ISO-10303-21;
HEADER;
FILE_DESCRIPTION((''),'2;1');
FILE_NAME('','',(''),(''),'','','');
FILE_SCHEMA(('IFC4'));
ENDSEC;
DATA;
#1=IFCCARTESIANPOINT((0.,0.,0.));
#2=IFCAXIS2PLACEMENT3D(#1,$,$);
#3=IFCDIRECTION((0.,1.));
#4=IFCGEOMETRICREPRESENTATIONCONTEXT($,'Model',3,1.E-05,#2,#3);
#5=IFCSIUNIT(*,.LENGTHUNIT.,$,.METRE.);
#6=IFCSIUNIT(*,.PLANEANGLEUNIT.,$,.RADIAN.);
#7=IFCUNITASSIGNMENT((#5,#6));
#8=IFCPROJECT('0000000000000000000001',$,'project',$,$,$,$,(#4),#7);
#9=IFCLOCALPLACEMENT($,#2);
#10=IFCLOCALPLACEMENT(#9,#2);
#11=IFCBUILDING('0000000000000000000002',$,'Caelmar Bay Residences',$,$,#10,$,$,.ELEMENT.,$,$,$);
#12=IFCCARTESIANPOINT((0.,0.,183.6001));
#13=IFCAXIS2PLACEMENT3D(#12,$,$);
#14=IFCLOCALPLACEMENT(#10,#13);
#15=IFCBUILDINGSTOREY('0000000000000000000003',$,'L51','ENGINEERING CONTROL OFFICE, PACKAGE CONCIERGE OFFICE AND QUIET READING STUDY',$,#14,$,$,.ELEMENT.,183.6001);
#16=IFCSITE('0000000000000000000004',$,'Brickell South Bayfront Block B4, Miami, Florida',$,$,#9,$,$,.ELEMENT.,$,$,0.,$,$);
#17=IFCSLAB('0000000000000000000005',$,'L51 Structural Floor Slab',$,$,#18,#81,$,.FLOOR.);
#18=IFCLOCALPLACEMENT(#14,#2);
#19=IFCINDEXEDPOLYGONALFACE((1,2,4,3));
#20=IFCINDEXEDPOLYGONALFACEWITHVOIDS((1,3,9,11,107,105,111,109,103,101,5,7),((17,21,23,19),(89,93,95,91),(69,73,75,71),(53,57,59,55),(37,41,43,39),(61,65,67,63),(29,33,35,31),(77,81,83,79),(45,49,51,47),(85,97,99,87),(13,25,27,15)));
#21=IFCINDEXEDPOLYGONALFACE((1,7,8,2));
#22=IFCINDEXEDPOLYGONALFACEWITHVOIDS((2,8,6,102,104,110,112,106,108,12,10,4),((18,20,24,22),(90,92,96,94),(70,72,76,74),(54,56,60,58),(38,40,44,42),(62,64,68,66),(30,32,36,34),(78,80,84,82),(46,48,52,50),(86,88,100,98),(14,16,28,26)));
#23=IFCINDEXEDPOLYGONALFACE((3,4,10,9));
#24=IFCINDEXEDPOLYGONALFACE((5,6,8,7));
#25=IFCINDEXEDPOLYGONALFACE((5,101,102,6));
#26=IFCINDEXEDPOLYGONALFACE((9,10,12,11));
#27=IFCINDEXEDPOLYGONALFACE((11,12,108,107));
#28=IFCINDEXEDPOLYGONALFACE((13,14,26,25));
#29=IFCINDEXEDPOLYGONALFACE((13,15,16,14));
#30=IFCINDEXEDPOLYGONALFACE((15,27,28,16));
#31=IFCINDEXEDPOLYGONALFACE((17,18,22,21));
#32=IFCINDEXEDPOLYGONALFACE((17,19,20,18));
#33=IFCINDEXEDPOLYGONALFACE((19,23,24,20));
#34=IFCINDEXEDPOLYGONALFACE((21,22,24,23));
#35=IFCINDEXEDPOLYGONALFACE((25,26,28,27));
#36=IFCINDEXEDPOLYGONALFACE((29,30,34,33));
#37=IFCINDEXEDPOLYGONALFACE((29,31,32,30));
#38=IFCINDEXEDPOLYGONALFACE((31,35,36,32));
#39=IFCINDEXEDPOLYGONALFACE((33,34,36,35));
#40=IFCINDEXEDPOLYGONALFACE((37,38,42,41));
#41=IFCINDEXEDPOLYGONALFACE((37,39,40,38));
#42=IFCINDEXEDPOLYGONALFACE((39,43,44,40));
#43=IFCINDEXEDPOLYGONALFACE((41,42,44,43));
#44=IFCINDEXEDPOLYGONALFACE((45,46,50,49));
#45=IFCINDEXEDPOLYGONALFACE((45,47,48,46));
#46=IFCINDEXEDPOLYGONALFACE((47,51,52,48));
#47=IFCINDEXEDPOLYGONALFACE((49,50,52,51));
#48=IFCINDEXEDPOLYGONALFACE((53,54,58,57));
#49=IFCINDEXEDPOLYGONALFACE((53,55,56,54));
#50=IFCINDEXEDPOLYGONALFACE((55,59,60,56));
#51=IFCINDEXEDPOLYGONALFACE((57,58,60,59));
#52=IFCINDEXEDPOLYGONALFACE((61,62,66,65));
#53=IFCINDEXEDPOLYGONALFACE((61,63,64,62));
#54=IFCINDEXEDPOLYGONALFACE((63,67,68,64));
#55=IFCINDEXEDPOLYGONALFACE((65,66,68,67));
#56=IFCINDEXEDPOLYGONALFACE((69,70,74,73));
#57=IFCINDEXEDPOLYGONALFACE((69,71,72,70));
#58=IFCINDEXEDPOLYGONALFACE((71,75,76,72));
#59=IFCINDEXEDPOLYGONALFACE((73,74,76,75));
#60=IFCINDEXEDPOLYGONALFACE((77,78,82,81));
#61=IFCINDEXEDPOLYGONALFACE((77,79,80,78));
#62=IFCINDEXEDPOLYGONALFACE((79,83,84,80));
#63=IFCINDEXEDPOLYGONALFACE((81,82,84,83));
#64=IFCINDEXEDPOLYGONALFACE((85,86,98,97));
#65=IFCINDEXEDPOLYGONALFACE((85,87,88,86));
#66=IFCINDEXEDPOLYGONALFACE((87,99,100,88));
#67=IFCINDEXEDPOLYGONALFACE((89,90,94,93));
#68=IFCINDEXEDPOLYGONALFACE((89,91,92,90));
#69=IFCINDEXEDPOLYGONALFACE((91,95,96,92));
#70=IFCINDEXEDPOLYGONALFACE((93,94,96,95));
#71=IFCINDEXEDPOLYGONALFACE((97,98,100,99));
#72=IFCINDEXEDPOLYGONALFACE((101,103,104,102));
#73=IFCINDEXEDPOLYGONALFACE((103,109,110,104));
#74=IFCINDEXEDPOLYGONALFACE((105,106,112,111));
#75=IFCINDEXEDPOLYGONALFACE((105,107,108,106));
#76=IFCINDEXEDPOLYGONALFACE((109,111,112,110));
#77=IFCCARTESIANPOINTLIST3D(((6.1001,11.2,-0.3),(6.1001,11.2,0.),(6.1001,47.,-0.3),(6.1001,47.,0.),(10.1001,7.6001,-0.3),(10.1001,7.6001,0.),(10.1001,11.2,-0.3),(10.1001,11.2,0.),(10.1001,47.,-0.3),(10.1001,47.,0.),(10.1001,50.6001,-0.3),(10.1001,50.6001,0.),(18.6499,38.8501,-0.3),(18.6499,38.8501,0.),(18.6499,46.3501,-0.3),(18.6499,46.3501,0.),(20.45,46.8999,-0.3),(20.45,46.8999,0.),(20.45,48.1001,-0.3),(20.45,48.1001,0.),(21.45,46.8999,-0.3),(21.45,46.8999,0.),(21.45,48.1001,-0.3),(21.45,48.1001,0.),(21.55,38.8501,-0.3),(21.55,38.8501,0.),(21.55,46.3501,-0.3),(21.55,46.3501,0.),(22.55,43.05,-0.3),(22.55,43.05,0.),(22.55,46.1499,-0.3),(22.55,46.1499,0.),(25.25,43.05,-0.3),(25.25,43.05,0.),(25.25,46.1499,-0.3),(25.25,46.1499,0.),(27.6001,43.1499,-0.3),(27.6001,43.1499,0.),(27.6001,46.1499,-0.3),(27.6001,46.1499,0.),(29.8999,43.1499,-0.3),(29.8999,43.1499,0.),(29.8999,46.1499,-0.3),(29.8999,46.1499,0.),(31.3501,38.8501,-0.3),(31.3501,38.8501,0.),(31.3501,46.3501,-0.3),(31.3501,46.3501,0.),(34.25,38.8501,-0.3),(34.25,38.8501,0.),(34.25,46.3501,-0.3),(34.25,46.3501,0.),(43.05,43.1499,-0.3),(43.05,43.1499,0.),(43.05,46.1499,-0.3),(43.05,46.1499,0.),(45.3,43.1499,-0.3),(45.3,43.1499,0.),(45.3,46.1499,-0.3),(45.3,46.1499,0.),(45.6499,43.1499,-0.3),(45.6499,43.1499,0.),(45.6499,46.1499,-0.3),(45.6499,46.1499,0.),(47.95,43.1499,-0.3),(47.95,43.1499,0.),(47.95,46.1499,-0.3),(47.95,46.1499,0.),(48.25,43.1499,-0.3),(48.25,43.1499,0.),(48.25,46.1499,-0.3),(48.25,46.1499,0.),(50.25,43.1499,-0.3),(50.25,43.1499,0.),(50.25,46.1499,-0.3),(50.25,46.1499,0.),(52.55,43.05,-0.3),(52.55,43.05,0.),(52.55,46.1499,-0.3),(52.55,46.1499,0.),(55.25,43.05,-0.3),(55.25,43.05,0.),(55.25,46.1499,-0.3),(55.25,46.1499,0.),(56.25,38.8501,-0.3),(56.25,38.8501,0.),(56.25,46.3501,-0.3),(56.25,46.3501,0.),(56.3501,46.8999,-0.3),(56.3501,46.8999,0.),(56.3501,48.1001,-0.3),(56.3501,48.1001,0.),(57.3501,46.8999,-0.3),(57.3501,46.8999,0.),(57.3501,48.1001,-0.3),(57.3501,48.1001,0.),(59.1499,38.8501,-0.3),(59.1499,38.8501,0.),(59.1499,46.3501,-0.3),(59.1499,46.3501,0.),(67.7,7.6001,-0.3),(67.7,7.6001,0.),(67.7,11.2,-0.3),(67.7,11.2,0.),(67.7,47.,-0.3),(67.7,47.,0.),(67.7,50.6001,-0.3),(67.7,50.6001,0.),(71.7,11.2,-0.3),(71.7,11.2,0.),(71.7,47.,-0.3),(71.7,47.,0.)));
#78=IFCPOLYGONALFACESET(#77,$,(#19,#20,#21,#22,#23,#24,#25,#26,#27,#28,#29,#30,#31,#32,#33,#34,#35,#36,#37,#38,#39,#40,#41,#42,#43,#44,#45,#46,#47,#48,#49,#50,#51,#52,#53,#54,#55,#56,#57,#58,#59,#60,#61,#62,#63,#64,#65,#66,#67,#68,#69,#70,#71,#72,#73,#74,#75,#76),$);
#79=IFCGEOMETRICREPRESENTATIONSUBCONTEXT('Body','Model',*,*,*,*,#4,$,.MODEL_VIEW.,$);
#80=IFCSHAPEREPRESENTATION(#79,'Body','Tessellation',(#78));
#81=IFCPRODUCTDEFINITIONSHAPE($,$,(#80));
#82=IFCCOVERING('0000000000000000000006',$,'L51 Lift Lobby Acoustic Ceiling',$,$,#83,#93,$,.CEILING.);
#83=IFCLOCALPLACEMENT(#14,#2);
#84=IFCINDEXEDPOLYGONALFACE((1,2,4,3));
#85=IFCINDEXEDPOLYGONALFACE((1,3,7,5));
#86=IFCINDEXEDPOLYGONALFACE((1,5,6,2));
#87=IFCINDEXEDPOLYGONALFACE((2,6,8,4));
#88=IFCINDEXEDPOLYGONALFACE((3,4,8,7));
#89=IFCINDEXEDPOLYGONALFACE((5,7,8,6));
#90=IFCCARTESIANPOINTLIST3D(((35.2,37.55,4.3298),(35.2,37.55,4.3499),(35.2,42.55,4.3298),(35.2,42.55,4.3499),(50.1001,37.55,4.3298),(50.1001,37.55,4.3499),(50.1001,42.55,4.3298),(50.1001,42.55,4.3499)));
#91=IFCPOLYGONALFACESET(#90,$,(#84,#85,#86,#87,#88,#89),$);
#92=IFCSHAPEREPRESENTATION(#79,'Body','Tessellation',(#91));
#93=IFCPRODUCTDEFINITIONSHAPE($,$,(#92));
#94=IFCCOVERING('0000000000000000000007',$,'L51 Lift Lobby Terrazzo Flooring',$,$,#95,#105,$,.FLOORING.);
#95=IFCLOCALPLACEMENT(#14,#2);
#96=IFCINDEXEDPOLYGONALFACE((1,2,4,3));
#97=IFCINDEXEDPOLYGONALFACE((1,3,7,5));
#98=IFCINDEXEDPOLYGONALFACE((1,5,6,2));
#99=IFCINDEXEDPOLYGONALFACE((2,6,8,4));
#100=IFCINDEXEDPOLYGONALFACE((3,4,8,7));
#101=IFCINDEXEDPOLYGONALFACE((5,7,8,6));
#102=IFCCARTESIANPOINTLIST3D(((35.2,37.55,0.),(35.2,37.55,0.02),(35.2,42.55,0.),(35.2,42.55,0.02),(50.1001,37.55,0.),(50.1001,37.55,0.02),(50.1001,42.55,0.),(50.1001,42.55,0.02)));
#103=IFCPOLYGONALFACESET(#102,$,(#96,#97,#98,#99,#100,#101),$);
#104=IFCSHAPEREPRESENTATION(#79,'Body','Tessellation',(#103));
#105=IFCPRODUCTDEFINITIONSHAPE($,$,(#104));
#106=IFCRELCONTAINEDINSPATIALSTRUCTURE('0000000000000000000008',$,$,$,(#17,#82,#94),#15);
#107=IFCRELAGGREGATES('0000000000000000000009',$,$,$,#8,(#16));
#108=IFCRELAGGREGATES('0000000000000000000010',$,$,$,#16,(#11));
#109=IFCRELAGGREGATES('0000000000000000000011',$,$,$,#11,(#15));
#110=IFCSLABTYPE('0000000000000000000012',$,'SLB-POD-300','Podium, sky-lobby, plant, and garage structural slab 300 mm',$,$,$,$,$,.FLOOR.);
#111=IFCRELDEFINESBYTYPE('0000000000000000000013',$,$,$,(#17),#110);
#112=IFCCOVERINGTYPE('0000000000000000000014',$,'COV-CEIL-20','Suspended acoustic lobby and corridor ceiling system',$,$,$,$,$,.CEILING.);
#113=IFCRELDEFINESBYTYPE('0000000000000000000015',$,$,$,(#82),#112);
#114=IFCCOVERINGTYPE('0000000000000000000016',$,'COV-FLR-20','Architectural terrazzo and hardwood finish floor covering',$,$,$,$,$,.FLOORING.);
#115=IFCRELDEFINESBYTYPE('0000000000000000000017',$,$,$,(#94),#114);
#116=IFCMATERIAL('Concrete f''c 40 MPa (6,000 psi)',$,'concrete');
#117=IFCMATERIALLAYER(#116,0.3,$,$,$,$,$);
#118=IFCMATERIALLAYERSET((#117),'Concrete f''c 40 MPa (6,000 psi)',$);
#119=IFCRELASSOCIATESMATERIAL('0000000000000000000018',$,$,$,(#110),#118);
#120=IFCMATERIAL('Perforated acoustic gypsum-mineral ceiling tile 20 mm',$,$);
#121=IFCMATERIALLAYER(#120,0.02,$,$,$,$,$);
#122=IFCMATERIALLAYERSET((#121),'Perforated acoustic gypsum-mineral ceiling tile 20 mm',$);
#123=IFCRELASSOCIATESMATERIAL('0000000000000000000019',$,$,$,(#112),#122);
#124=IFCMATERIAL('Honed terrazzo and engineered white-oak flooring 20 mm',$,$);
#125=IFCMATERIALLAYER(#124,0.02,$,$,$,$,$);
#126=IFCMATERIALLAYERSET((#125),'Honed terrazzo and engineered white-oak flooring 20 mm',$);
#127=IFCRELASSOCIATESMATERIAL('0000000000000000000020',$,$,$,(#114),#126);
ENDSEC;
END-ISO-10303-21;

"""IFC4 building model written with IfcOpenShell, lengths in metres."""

from ifc_helpers import new_model, si_unit, direction, frame, origin, place, context, subcontext, project, spatial, polyline, outline, extrude, material, layer, layer_set, type_object, element, save


model = new_model("IFC4")

# Units and contexts
model_context = context("Model", 3, precision=1e-05, world=origin(), true_north=direction((0.0, 1.0)))
body_context = subcontext(model_context, "Body", "Model", "MODEL_VIEW")
ifc_project = project(units=[si_unit("LENGTHUNIT", "METRE"), si_unit("PLANEANGLEUNIT", "RADIAN")], contexts=[model_context])

# Site, building, storey
site_placement = place(None, origin())
site = spatial("IfcSite", under=ifc_project, at=site_placement, Name="Brickell South Bayfront Block B4, Miami, Florida", CompositionType="ELEMENT", RefElevation=0.0)
building_placement = place(site_placement, origin())
building = spatial("IfcBuilding", under=site, at=building_placement, Name="Caelmar Bay Residences", CompositionType="ELEMENT")
storey_placement = place(building_placement, frame((0.0, 0.0, 183.6001)))
storey = spatial("IfcBuildingStorey", under=building, at=storey_placement, Name="L51", Description="ENGINEERING CONTROL OFFICE, PACKAGE CONCIERGE OFFICE AND QUIET READING STUDY", CompositionType="ELEMENT", Elevation=183.6001)

# Shared definitions
ifc_material_1 = material(Name="Concrete f'c 40 MPa (6,000 psi)", Category="concrete")

# Slab
ifc_layer_1 = layer(ifc_material_1, 0.3)
ifc_layer_set_1 = layer_set([ifc_layer_1], Name="Concrete f'c 40 MPa (6,000 psi)")
slab_type_1 = type_object("IfcSlabType", Name="SLB-POD-300", Description="Podium, sky-lobby, plant, and garage structural slab 300 mm", PredefinedType="FLOOR", material=ifc_layer_set_1)
slab_1_placement = place(storey_placement, frame((0.0, 0.0, -0.3)))
element("IfcSlab", 1, at=slab_1_placement, inside=storey, type_object=slab_type_1, Name="L51 Structural Floor Slab", PredefinedType="FLOOR", context=body_context, shape_type="SweptSolid", body=[
    extrude(outline(polyline([(10.1001, 7.6001), (67.7, 7.6001), (67.7, 11.2), (71.7, 11.2), (71.7, 47.0), (67.7, 47.0), (67.7, 50.6001), (10.1001, 50.6001), (10.1001, 47.0), (6.1001, 47.0), (6.1001, 11.2), (10.1001, 11.2), (10.1001, 7.6001)]), holes=[polyline([(18.6499, 38.8501), (21.55, 38.8501), (21.55, 46.3501), (18.6499, 46.3501), (18.6499, 38.8501)]), polyline([(56.25, 38.8501), (59.1499, 38.8501), (59.1499, 46.3501), (56.25, 46.3501), (56.25, 38.8501)]), polyline([(31.3501, 38.8501), (34.25, 38.8501), (34.25, 46.3501), (31.3501, 46.3501), (31.3501, 38.8501)]), polyline([(22.55, 43.05), (25.25, 43.05), (25.25, 46.1499), (22.55, 46.1499), (22.55, 43.05)]), polyline([(52.55, 43.05), (55.25, 43.05), (55.25, 46.1499), (52.55, 46.1499), (52.55, 43.05)]), polyline([(43.05, 43.1499), (45.3, 43.1499), (45.3, 46.1499), (43.05, 46.1499), (43.05, 43.1499)]), polyline([(45.6499, 43.1499), (47.95, 43.1499), (47.95, 46.1499), (45.6499, 46.1499), (45.6499, 43.1499)]), polyline([(48.25, 43.1499), (50.25, 43.1499), (50.25, 46.1499), (48.25, 46.1499), (48.25, 43.1499)]), polyline([(27.6001, 43.1499), (29.8999, 43.1499), (29.8999, 46.1499), (27.6001, 46.1499), (27.6001, 43.1499)]), polyline([(20.45, 46.8999), (21.45, 46.8999), (21.45, 48.1001), (20.45, 48.1001), (20.45, 46.8999)]), polyline([(56.3501, 46.8999), (57.3501, 46.8999), (57.3501, 48.1001), (56.3501, 48.1001), (56.3501, 46.8999)])]), origin(), (0.0, 0.0, 1.0), 0.3),
])

# Coverings
ifc_material_2 = material(Name="Perforated acoustic gypsum-mineral ceiling tile 20 mm")
ifc_layer_2 = layer(ifc_material_2, 0.02)
ifc_layer_set_2 = layer_set([ifc_layer_2], Name="Perforated acoustic gypsum-mineral ceiling tile 20 mm")
covering_type_1 = type_object("IfcCoveringType", Name="COV-CEIL-20", Description="Suspended acoustic lobby and corridor ceiling system", PredefinedType="CEILING", material=ifc_layer_set_2)
covering_1_placement = place(storey_placement, frame((0.0, 0.0, 4.3298)))
element("IfcCovering", 2, at=covering_1_placement, inside=storey, type_object=covering_type_1, Name="L51 Lift Lobby Acoustic Ceiling", PredefinedType="CEILING", context=body_context, shape_type="SweptSolid", body=[
    extrude(outline(polyline([(35.2, 37.55), (50.1001, 37.55), (50.1001, 42.55), (35.2, 42.55), (35.2, 37.55)])), origin(), (0.0, 0.0, 1.0), 0.02),
])
ifc_material_3 = material(Name="Honed terrazzo and engineered white-oak flooring 20 mm")
ifc_layer_3 = layer(ifc_material_3, 0.02)
ifc_layer_set_3 = layer_set([ifc_layer_3], Name="Honed terrazzo and engineered white-oak flooring 20 mm")
covering_type_2 = type_object("IfcCoveringType", Name="COV-FLR-20", Description="Architectural terrazzo and hardwood finish floor covering", PredefinedType="FLOORING", material=ifc_layer_set_3)
covering_2_placement = place(storey_placement, origin())
element("IfcCovering", 3, at=covering_2_placement, inside=storey, type_object=covering_type_2, Name="L51 Lift Lobby Terrazzo Flooring", PredefinedType="FLOORING", context=body_context, shape_type="SweptSolid", body=[
    extrude(outline(polyline([(35.2, 37.55), (50.1001, 37.55), (50.1001, 42.55), (35.2, 42.55), (35.2, 37.55)])), origin(), (0.0, 0.0, 1.0), 0.02),
])

save(model, "model.ifc")
